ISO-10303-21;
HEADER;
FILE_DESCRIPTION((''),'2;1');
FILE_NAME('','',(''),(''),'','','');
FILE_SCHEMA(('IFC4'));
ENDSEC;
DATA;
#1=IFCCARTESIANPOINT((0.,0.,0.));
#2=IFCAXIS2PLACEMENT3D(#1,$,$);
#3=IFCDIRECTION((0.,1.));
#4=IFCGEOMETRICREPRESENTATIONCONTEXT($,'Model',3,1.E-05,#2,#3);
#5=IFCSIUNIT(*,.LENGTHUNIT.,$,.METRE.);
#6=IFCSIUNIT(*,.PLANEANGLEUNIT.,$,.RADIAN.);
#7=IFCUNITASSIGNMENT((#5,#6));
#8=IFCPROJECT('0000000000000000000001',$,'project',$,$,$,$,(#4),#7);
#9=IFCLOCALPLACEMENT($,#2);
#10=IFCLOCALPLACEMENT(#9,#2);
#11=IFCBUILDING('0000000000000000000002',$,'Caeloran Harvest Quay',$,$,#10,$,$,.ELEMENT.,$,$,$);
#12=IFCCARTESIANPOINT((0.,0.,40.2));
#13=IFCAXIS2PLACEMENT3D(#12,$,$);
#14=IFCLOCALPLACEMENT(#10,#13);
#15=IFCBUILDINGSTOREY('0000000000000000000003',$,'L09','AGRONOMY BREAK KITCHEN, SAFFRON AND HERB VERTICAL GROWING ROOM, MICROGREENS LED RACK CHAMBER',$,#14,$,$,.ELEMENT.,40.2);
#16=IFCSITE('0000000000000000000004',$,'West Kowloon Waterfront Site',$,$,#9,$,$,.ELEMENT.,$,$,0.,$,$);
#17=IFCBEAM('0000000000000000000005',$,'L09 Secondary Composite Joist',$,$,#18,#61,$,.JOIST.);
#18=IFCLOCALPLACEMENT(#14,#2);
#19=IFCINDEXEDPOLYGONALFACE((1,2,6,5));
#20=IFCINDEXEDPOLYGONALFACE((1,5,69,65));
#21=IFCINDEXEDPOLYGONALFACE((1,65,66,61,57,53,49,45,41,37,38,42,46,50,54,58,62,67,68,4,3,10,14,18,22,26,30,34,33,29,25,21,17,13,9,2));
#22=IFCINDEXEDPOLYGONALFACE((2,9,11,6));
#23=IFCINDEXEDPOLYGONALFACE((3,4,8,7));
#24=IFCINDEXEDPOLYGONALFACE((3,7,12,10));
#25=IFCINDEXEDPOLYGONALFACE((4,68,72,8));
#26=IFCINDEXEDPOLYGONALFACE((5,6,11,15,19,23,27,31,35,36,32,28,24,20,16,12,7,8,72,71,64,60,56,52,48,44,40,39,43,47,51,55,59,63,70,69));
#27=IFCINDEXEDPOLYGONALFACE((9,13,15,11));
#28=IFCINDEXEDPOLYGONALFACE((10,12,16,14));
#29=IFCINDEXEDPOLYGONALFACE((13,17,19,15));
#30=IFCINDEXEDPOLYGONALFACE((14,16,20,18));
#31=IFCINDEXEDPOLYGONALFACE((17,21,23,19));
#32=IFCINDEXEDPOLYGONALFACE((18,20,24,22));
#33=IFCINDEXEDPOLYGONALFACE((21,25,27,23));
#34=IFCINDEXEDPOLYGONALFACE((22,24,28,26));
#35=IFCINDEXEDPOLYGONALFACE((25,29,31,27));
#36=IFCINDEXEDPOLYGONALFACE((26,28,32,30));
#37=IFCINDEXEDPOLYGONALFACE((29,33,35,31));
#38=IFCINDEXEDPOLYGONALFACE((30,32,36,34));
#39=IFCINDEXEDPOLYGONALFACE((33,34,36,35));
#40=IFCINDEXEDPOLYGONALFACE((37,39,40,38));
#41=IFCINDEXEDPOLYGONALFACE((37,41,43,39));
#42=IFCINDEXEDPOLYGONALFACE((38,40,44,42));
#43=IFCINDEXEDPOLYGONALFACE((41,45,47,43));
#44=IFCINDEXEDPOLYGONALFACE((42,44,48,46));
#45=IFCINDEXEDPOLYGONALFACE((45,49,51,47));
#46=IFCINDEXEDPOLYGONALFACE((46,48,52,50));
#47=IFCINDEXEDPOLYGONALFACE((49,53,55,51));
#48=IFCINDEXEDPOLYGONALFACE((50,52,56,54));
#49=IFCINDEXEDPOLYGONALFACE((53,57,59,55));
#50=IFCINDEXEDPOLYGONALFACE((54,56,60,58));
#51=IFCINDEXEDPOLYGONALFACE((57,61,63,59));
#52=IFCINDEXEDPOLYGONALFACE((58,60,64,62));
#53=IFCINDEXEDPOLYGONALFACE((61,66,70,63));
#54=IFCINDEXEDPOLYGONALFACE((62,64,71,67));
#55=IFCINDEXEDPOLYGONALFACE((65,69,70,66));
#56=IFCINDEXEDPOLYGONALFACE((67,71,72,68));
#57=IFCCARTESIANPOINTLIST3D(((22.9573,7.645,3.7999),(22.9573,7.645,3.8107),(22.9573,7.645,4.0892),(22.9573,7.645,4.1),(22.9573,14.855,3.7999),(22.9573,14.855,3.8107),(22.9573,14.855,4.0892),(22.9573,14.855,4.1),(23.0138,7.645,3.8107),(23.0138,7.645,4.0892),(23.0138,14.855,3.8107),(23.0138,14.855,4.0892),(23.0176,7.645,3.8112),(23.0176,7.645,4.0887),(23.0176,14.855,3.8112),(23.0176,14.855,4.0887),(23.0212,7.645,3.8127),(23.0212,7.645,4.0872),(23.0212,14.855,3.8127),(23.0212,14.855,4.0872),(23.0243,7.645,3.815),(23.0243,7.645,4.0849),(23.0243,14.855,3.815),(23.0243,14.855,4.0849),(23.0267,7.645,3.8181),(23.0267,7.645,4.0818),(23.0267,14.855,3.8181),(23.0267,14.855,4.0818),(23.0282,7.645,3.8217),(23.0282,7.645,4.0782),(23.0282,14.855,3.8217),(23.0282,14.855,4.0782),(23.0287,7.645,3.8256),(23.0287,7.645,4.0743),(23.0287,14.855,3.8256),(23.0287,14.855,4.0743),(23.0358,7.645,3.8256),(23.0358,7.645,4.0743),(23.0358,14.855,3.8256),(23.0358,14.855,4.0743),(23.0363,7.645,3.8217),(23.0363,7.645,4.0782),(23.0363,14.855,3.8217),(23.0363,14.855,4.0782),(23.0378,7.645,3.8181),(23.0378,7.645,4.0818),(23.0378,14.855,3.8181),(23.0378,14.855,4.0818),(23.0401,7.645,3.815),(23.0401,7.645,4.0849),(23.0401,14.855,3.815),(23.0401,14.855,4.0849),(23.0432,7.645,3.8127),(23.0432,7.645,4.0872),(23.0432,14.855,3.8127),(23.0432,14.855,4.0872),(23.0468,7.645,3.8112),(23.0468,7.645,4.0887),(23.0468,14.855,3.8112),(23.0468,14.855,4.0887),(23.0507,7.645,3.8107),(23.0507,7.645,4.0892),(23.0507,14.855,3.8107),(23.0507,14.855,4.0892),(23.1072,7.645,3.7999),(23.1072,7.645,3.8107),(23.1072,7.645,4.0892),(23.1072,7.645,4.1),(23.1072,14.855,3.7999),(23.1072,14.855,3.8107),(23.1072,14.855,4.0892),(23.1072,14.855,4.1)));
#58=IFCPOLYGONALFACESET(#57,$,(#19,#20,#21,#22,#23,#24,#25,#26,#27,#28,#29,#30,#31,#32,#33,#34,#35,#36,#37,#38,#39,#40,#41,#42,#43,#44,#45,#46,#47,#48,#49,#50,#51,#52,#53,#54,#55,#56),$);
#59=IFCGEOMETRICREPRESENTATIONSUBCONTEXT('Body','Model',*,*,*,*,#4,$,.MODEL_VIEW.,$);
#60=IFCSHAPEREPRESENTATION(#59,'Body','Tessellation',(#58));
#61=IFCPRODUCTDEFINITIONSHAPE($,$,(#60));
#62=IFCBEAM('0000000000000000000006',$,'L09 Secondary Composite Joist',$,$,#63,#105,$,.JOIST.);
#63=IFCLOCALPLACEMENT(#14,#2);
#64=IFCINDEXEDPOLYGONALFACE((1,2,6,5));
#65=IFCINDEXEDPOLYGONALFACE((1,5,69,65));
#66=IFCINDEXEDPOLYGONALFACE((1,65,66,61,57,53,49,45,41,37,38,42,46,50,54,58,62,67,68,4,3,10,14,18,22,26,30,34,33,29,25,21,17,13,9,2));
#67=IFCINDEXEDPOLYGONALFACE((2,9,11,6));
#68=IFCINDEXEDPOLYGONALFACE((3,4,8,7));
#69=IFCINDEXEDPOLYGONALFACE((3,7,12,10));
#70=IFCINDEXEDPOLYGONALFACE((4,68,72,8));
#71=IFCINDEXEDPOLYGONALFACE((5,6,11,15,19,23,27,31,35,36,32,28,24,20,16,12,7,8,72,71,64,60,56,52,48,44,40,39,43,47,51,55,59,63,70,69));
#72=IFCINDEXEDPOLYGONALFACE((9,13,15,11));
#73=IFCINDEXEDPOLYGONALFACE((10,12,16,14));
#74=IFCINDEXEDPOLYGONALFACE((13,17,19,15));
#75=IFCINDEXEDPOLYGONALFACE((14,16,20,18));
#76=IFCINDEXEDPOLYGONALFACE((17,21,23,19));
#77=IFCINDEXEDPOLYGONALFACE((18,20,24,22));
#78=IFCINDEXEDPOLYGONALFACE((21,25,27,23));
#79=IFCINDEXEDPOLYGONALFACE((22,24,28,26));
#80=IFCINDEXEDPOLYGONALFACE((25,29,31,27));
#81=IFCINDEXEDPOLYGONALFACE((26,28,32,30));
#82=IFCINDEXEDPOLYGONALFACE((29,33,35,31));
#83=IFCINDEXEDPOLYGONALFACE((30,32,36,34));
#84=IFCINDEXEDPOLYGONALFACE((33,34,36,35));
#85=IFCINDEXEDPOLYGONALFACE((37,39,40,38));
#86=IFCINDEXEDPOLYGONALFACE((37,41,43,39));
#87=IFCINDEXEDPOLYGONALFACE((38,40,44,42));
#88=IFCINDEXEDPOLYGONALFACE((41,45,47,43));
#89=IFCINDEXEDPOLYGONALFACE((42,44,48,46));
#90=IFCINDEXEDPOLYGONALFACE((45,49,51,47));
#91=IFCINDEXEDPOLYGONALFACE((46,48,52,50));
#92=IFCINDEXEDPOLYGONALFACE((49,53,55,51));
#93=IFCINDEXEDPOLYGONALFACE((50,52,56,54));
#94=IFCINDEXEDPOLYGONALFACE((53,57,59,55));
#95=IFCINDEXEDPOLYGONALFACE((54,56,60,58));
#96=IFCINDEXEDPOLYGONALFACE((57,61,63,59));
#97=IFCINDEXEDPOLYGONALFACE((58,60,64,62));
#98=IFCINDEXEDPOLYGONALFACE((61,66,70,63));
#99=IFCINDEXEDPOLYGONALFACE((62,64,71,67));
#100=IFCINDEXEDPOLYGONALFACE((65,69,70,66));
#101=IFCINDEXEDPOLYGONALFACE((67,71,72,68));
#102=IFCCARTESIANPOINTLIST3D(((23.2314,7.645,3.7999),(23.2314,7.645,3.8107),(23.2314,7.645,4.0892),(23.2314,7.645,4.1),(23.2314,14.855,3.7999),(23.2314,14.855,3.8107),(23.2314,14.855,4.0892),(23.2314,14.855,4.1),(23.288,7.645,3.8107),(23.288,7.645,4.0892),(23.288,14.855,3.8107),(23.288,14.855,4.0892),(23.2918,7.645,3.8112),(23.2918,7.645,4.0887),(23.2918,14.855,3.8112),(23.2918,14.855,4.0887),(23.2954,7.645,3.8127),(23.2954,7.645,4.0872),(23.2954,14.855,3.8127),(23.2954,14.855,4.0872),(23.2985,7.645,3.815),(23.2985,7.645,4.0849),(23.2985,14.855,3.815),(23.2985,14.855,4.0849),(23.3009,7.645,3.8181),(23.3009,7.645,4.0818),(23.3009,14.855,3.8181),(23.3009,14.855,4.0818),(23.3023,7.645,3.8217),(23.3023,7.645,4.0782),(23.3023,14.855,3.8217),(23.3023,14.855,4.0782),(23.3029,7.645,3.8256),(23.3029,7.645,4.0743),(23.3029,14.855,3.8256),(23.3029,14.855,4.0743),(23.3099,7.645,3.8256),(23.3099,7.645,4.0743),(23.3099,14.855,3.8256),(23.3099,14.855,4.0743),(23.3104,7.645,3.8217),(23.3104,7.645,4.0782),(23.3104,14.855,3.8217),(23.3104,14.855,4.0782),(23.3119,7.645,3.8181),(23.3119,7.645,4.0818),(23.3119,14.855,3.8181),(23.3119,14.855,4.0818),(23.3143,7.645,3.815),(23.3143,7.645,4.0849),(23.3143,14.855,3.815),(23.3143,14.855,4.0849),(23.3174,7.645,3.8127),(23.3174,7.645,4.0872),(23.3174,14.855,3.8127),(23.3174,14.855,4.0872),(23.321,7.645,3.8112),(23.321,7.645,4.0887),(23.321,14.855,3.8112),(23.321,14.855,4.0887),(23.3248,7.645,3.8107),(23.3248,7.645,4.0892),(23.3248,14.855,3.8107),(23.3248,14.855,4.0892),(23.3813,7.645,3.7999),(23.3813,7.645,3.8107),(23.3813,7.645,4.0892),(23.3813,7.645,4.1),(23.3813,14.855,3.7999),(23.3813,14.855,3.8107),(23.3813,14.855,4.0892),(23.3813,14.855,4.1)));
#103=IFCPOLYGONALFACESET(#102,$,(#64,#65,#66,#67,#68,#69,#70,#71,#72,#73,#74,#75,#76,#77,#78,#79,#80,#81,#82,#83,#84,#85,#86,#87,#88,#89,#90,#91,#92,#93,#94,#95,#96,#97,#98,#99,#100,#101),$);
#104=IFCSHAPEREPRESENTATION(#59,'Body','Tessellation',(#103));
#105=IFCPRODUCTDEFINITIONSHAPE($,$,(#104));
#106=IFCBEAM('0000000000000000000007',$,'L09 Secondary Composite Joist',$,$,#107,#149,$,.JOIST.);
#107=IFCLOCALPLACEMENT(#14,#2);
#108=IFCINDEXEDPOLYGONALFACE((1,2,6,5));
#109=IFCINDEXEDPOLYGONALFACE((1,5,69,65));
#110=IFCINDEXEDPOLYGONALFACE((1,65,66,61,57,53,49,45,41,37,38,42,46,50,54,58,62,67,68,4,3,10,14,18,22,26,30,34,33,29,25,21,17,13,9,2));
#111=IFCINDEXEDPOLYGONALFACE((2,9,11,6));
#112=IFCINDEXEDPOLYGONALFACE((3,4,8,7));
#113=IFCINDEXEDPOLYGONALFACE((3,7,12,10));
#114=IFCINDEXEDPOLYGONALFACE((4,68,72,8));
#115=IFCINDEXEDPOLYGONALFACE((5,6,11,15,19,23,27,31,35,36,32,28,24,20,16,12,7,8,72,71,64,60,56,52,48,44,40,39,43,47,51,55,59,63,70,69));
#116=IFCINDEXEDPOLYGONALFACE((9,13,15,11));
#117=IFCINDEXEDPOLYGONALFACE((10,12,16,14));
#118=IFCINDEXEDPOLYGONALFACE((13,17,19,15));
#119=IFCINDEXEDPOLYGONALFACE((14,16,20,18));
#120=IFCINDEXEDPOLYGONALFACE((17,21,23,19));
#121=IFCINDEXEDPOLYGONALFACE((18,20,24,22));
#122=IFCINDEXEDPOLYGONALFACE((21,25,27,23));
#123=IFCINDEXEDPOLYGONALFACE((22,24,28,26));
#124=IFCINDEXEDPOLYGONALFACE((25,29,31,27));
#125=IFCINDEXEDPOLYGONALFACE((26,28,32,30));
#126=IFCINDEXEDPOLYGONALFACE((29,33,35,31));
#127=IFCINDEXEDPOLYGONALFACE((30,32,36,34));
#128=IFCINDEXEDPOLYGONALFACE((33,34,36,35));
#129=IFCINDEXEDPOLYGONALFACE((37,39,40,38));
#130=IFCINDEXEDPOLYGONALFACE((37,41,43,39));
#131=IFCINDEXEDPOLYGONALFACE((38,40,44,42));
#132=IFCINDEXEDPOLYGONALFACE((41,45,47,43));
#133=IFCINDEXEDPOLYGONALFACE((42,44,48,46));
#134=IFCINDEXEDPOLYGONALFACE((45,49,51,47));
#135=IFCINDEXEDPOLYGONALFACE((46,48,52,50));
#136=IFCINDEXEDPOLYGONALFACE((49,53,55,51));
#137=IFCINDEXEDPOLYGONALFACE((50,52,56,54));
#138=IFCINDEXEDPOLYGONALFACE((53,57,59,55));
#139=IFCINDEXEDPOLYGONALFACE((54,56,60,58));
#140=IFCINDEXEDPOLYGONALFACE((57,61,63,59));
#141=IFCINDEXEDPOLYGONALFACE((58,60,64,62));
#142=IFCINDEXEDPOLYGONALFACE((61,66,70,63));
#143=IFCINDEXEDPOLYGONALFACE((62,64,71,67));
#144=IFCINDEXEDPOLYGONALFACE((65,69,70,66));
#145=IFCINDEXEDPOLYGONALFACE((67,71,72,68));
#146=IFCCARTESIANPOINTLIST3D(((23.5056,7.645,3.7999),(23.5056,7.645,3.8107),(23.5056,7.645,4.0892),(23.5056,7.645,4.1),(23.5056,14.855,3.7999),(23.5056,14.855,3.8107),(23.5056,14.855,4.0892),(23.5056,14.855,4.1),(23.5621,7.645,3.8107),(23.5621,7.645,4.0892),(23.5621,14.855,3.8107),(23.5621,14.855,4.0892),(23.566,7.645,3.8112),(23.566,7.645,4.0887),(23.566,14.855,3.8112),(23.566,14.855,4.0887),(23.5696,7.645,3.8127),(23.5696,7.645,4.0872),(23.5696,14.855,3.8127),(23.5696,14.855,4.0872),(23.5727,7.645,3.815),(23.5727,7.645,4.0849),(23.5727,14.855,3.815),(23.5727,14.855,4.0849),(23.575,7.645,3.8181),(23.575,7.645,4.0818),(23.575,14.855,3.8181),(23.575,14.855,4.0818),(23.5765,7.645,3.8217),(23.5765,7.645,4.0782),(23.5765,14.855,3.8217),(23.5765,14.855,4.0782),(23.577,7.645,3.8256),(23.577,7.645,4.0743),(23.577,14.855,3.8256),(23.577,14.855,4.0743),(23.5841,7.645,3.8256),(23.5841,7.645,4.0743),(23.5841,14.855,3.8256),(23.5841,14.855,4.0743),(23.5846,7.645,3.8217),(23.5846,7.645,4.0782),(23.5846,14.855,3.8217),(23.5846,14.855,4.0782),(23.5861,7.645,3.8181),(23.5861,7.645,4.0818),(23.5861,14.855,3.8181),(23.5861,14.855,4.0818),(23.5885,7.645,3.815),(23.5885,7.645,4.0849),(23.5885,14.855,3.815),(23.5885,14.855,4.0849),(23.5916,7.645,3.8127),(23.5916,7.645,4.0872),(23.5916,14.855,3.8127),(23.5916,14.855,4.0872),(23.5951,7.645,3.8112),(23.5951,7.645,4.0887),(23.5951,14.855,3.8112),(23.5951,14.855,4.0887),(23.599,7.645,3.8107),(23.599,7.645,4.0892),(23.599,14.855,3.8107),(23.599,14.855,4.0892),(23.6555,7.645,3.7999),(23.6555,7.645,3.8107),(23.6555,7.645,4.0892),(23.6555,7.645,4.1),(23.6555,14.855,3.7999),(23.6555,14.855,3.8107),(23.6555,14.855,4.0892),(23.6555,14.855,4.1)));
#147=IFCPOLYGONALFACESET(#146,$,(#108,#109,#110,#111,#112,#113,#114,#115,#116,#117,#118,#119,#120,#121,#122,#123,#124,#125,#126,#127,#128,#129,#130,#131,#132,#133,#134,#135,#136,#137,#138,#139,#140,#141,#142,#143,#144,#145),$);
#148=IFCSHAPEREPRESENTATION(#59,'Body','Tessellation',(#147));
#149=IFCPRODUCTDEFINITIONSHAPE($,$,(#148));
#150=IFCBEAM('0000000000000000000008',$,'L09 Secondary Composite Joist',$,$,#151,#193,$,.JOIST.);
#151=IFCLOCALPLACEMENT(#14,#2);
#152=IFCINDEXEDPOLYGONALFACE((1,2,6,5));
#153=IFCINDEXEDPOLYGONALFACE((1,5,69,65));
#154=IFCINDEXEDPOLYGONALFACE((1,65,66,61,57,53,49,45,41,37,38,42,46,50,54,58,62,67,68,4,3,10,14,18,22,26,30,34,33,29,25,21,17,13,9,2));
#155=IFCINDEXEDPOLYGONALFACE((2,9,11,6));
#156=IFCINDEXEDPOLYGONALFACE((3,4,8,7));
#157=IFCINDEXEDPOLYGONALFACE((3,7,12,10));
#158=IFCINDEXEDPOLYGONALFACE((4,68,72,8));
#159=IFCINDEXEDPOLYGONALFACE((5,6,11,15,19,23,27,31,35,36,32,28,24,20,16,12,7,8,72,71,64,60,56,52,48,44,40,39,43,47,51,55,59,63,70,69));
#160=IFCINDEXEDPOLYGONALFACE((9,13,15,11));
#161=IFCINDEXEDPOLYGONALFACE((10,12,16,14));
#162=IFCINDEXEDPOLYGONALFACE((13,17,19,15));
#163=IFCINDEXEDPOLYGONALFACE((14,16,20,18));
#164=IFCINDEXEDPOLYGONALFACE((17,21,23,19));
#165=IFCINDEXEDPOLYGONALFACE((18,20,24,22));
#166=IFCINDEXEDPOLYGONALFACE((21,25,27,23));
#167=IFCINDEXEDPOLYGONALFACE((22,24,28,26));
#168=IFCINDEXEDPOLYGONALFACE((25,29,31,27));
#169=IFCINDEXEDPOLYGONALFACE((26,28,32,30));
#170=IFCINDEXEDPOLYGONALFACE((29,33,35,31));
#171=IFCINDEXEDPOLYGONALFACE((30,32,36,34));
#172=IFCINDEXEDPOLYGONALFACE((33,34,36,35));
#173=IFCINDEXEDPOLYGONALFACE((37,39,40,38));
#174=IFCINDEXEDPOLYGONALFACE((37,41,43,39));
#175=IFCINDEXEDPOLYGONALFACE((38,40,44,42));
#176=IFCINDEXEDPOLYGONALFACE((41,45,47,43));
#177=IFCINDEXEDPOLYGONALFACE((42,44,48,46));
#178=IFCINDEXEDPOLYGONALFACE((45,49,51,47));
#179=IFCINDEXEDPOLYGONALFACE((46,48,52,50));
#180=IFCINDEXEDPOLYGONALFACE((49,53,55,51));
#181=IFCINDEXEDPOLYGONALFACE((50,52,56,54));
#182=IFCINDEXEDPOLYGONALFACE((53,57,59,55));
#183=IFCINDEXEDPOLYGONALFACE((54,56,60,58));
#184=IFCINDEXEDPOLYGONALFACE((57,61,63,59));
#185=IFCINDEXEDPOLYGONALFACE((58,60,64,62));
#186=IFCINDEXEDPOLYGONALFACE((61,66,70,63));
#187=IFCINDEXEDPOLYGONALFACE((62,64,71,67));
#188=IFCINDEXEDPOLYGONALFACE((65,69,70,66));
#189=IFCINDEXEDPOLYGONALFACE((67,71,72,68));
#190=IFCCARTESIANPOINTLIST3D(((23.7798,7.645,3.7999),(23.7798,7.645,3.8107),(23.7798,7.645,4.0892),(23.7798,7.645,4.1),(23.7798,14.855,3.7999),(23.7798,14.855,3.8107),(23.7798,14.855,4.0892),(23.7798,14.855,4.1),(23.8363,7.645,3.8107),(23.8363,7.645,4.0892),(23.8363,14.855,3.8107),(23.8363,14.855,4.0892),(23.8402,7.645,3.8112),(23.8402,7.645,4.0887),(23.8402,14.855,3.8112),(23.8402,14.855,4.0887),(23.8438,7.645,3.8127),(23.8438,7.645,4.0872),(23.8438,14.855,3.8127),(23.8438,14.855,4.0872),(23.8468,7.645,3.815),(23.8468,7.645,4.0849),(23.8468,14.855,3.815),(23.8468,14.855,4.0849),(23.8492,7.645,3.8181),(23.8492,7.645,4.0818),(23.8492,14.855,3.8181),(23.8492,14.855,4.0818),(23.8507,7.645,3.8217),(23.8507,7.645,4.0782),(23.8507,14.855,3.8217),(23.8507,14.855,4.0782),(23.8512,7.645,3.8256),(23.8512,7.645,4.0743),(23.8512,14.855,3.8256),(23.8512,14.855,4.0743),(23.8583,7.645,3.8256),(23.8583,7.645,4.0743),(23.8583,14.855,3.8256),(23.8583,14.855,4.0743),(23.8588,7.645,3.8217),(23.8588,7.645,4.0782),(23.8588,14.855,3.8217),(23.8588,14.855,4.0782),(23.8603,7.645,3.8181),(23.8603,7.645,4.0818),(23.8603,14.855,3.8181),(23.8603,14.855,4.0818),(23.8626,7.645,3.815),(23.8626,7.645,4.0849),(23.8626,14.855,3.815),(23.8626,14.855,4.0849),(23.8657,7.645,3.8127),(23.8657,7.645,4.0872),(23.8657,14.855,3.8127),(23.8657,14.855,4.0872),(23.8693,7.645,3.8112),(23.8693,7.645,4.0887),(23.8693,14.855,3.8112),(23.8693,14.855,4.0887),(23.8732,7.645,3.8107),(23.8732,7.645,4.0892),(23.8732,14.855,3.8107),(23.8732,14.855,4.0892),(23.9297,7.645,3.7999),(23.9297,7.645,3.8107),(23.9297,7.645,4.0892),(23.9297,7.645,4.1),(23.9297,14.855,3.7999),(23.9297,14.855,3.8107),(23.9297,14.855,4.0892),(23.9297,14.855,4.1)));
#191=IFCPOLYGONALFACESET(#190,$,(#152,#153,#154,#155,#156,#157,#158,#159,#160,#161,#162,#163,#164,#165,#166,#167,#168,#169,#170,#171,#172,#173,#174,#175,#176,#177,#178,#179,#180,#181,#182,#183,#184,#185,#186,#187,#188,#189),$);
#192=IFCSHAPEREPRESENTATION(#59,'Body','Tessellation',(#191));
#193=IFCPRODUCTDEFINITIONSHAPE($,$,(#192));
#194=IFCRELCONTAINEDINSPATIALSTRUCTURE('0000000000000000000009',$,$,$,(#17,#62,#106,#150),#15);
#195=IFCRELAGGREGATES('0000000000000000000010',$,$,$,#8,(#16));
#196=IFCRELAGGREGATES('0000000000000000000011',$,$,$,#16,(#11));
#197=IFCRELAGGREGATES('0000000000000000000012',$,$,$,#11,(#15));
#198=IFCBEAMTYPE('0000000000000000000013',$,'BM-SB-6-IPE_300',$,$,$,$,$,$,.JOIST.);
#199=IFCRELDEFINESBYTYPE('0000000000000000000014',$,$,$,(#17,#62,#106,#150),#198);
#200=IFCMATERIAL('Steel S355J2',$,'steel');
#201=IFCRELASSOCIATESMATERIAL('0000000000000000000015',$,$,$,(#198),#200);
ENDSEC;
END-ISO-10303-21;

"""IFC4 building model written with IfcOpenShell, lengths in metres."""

from ifc_helpers import new_model, si_unit, direction, frame, origin, origin_2d, place, context, subcontext, project, spatial, i_section, extrude, material, material_profile, profile_set, type_object, element, save


model = new_model("IFC4")

# Units and contexts
model_context = context("Model", 3, precision=1e-05, world=origin(), true_north=direction((0.0, 1.0)))
body_context = subcontext(model_context, "Body", "Model", "MODEL_VIEW")
ifc_project = project(units=[si_unit("LENGTHUNIT", "METRE"), si_unit("PLANEANGLEUNIT", "RADIAN")], contexts=[model_context])

# Site, building, storey
site_placement = place(None, origin())
site = spatial("IfcSite", under=ifc_project, at=site_placement, Name="West Kowloon Waterfront Site", CompositionType="ELEMENT", RefElevation=0.0)
building_placement = place(site_placement, origin())
building = spatial("IfcBuilding", under=site, at=building_placement, Name="Caeloran Harvest Quay", CompositionType="ELEMENT")
storey_placement = place(building_placement, frame((0.0, 0.0, 40.2)))
storey = spatial("IfcBuildingStorey", under=building, at=storey_placement, Name="L09", Description="AGRONOMY BREAK KITCHEN, SAFFRON AND HERB VERTICAL GROWING ROOM, MICROGREENS LED RACK CHAMBER", CompositionType="ELEMENT", Elevation=40.2)

# Beams
ifc_material_1 = material(Name="Steel S355J2", Category="steel")
ifc_material_profile_1 = material_profile(ifc_material_1, i_section(OverallWidth=0.1499, OverallDepth=0.3, WebThickness=0.0071, FlangeThickness=0.0107, FilletRadius=0.0149, at=origin_2d()), Name="IPE 300")
ifc_profile_set_1 = profile_set([ifc_material_profile_1], Name="Steel S355J2")
beam_type_1 = type_object("IfcBeamType", Name="BM-SB-6-IPE_300", PredefinedType="JOIST", material=ifc_profile_set_1)
for number, where, z_axis, x_axis, name in (
    (1, (23.0322, 7.645, 3.95), (0.0, 1.0, 0.0), (-1.0, 0.0, 0.0), "L09 Secondary Composite Joist"),
    (2, (23.3064, 7.645, 3.95), (0.0, 1.0, 0.0), (-1.0, 0.0, 0.0), "L09 Secondary Composite Joist"),
    (3, (23.5806, 7.645, 3.95), (0.0, 1.0, 0.0), (-1.0, 0.0, 0.0), "L09 Secondary Composite Joist"),
    (4, (23.8547, 7.645, 3.95), (0.0, 1.0, 0.0), (-1.0, 0.0, 0.0), "L09 Secondary Composite Joist"),
):
    element("IfcBeam", number, at=place(storey_placement, frame(where, z_axis=z_axis, x_axis=x_axis)), inside=storey, type_object=beam_type_1, Name=name, PredefinedType="JOIST", context=body_context, shape_type="SweptSolid", body=[
        extrude(i_section(OverallWidth=0.1499, OverallDepth=0.3, WebThickness=0.0071, FlangeThickness=0.0107, FilletRadius=0.0149, at=origin_2d()), origin(), (0.0, 0.0, 1.0), 7.21),
    ])

save(model, "model.ifc")
